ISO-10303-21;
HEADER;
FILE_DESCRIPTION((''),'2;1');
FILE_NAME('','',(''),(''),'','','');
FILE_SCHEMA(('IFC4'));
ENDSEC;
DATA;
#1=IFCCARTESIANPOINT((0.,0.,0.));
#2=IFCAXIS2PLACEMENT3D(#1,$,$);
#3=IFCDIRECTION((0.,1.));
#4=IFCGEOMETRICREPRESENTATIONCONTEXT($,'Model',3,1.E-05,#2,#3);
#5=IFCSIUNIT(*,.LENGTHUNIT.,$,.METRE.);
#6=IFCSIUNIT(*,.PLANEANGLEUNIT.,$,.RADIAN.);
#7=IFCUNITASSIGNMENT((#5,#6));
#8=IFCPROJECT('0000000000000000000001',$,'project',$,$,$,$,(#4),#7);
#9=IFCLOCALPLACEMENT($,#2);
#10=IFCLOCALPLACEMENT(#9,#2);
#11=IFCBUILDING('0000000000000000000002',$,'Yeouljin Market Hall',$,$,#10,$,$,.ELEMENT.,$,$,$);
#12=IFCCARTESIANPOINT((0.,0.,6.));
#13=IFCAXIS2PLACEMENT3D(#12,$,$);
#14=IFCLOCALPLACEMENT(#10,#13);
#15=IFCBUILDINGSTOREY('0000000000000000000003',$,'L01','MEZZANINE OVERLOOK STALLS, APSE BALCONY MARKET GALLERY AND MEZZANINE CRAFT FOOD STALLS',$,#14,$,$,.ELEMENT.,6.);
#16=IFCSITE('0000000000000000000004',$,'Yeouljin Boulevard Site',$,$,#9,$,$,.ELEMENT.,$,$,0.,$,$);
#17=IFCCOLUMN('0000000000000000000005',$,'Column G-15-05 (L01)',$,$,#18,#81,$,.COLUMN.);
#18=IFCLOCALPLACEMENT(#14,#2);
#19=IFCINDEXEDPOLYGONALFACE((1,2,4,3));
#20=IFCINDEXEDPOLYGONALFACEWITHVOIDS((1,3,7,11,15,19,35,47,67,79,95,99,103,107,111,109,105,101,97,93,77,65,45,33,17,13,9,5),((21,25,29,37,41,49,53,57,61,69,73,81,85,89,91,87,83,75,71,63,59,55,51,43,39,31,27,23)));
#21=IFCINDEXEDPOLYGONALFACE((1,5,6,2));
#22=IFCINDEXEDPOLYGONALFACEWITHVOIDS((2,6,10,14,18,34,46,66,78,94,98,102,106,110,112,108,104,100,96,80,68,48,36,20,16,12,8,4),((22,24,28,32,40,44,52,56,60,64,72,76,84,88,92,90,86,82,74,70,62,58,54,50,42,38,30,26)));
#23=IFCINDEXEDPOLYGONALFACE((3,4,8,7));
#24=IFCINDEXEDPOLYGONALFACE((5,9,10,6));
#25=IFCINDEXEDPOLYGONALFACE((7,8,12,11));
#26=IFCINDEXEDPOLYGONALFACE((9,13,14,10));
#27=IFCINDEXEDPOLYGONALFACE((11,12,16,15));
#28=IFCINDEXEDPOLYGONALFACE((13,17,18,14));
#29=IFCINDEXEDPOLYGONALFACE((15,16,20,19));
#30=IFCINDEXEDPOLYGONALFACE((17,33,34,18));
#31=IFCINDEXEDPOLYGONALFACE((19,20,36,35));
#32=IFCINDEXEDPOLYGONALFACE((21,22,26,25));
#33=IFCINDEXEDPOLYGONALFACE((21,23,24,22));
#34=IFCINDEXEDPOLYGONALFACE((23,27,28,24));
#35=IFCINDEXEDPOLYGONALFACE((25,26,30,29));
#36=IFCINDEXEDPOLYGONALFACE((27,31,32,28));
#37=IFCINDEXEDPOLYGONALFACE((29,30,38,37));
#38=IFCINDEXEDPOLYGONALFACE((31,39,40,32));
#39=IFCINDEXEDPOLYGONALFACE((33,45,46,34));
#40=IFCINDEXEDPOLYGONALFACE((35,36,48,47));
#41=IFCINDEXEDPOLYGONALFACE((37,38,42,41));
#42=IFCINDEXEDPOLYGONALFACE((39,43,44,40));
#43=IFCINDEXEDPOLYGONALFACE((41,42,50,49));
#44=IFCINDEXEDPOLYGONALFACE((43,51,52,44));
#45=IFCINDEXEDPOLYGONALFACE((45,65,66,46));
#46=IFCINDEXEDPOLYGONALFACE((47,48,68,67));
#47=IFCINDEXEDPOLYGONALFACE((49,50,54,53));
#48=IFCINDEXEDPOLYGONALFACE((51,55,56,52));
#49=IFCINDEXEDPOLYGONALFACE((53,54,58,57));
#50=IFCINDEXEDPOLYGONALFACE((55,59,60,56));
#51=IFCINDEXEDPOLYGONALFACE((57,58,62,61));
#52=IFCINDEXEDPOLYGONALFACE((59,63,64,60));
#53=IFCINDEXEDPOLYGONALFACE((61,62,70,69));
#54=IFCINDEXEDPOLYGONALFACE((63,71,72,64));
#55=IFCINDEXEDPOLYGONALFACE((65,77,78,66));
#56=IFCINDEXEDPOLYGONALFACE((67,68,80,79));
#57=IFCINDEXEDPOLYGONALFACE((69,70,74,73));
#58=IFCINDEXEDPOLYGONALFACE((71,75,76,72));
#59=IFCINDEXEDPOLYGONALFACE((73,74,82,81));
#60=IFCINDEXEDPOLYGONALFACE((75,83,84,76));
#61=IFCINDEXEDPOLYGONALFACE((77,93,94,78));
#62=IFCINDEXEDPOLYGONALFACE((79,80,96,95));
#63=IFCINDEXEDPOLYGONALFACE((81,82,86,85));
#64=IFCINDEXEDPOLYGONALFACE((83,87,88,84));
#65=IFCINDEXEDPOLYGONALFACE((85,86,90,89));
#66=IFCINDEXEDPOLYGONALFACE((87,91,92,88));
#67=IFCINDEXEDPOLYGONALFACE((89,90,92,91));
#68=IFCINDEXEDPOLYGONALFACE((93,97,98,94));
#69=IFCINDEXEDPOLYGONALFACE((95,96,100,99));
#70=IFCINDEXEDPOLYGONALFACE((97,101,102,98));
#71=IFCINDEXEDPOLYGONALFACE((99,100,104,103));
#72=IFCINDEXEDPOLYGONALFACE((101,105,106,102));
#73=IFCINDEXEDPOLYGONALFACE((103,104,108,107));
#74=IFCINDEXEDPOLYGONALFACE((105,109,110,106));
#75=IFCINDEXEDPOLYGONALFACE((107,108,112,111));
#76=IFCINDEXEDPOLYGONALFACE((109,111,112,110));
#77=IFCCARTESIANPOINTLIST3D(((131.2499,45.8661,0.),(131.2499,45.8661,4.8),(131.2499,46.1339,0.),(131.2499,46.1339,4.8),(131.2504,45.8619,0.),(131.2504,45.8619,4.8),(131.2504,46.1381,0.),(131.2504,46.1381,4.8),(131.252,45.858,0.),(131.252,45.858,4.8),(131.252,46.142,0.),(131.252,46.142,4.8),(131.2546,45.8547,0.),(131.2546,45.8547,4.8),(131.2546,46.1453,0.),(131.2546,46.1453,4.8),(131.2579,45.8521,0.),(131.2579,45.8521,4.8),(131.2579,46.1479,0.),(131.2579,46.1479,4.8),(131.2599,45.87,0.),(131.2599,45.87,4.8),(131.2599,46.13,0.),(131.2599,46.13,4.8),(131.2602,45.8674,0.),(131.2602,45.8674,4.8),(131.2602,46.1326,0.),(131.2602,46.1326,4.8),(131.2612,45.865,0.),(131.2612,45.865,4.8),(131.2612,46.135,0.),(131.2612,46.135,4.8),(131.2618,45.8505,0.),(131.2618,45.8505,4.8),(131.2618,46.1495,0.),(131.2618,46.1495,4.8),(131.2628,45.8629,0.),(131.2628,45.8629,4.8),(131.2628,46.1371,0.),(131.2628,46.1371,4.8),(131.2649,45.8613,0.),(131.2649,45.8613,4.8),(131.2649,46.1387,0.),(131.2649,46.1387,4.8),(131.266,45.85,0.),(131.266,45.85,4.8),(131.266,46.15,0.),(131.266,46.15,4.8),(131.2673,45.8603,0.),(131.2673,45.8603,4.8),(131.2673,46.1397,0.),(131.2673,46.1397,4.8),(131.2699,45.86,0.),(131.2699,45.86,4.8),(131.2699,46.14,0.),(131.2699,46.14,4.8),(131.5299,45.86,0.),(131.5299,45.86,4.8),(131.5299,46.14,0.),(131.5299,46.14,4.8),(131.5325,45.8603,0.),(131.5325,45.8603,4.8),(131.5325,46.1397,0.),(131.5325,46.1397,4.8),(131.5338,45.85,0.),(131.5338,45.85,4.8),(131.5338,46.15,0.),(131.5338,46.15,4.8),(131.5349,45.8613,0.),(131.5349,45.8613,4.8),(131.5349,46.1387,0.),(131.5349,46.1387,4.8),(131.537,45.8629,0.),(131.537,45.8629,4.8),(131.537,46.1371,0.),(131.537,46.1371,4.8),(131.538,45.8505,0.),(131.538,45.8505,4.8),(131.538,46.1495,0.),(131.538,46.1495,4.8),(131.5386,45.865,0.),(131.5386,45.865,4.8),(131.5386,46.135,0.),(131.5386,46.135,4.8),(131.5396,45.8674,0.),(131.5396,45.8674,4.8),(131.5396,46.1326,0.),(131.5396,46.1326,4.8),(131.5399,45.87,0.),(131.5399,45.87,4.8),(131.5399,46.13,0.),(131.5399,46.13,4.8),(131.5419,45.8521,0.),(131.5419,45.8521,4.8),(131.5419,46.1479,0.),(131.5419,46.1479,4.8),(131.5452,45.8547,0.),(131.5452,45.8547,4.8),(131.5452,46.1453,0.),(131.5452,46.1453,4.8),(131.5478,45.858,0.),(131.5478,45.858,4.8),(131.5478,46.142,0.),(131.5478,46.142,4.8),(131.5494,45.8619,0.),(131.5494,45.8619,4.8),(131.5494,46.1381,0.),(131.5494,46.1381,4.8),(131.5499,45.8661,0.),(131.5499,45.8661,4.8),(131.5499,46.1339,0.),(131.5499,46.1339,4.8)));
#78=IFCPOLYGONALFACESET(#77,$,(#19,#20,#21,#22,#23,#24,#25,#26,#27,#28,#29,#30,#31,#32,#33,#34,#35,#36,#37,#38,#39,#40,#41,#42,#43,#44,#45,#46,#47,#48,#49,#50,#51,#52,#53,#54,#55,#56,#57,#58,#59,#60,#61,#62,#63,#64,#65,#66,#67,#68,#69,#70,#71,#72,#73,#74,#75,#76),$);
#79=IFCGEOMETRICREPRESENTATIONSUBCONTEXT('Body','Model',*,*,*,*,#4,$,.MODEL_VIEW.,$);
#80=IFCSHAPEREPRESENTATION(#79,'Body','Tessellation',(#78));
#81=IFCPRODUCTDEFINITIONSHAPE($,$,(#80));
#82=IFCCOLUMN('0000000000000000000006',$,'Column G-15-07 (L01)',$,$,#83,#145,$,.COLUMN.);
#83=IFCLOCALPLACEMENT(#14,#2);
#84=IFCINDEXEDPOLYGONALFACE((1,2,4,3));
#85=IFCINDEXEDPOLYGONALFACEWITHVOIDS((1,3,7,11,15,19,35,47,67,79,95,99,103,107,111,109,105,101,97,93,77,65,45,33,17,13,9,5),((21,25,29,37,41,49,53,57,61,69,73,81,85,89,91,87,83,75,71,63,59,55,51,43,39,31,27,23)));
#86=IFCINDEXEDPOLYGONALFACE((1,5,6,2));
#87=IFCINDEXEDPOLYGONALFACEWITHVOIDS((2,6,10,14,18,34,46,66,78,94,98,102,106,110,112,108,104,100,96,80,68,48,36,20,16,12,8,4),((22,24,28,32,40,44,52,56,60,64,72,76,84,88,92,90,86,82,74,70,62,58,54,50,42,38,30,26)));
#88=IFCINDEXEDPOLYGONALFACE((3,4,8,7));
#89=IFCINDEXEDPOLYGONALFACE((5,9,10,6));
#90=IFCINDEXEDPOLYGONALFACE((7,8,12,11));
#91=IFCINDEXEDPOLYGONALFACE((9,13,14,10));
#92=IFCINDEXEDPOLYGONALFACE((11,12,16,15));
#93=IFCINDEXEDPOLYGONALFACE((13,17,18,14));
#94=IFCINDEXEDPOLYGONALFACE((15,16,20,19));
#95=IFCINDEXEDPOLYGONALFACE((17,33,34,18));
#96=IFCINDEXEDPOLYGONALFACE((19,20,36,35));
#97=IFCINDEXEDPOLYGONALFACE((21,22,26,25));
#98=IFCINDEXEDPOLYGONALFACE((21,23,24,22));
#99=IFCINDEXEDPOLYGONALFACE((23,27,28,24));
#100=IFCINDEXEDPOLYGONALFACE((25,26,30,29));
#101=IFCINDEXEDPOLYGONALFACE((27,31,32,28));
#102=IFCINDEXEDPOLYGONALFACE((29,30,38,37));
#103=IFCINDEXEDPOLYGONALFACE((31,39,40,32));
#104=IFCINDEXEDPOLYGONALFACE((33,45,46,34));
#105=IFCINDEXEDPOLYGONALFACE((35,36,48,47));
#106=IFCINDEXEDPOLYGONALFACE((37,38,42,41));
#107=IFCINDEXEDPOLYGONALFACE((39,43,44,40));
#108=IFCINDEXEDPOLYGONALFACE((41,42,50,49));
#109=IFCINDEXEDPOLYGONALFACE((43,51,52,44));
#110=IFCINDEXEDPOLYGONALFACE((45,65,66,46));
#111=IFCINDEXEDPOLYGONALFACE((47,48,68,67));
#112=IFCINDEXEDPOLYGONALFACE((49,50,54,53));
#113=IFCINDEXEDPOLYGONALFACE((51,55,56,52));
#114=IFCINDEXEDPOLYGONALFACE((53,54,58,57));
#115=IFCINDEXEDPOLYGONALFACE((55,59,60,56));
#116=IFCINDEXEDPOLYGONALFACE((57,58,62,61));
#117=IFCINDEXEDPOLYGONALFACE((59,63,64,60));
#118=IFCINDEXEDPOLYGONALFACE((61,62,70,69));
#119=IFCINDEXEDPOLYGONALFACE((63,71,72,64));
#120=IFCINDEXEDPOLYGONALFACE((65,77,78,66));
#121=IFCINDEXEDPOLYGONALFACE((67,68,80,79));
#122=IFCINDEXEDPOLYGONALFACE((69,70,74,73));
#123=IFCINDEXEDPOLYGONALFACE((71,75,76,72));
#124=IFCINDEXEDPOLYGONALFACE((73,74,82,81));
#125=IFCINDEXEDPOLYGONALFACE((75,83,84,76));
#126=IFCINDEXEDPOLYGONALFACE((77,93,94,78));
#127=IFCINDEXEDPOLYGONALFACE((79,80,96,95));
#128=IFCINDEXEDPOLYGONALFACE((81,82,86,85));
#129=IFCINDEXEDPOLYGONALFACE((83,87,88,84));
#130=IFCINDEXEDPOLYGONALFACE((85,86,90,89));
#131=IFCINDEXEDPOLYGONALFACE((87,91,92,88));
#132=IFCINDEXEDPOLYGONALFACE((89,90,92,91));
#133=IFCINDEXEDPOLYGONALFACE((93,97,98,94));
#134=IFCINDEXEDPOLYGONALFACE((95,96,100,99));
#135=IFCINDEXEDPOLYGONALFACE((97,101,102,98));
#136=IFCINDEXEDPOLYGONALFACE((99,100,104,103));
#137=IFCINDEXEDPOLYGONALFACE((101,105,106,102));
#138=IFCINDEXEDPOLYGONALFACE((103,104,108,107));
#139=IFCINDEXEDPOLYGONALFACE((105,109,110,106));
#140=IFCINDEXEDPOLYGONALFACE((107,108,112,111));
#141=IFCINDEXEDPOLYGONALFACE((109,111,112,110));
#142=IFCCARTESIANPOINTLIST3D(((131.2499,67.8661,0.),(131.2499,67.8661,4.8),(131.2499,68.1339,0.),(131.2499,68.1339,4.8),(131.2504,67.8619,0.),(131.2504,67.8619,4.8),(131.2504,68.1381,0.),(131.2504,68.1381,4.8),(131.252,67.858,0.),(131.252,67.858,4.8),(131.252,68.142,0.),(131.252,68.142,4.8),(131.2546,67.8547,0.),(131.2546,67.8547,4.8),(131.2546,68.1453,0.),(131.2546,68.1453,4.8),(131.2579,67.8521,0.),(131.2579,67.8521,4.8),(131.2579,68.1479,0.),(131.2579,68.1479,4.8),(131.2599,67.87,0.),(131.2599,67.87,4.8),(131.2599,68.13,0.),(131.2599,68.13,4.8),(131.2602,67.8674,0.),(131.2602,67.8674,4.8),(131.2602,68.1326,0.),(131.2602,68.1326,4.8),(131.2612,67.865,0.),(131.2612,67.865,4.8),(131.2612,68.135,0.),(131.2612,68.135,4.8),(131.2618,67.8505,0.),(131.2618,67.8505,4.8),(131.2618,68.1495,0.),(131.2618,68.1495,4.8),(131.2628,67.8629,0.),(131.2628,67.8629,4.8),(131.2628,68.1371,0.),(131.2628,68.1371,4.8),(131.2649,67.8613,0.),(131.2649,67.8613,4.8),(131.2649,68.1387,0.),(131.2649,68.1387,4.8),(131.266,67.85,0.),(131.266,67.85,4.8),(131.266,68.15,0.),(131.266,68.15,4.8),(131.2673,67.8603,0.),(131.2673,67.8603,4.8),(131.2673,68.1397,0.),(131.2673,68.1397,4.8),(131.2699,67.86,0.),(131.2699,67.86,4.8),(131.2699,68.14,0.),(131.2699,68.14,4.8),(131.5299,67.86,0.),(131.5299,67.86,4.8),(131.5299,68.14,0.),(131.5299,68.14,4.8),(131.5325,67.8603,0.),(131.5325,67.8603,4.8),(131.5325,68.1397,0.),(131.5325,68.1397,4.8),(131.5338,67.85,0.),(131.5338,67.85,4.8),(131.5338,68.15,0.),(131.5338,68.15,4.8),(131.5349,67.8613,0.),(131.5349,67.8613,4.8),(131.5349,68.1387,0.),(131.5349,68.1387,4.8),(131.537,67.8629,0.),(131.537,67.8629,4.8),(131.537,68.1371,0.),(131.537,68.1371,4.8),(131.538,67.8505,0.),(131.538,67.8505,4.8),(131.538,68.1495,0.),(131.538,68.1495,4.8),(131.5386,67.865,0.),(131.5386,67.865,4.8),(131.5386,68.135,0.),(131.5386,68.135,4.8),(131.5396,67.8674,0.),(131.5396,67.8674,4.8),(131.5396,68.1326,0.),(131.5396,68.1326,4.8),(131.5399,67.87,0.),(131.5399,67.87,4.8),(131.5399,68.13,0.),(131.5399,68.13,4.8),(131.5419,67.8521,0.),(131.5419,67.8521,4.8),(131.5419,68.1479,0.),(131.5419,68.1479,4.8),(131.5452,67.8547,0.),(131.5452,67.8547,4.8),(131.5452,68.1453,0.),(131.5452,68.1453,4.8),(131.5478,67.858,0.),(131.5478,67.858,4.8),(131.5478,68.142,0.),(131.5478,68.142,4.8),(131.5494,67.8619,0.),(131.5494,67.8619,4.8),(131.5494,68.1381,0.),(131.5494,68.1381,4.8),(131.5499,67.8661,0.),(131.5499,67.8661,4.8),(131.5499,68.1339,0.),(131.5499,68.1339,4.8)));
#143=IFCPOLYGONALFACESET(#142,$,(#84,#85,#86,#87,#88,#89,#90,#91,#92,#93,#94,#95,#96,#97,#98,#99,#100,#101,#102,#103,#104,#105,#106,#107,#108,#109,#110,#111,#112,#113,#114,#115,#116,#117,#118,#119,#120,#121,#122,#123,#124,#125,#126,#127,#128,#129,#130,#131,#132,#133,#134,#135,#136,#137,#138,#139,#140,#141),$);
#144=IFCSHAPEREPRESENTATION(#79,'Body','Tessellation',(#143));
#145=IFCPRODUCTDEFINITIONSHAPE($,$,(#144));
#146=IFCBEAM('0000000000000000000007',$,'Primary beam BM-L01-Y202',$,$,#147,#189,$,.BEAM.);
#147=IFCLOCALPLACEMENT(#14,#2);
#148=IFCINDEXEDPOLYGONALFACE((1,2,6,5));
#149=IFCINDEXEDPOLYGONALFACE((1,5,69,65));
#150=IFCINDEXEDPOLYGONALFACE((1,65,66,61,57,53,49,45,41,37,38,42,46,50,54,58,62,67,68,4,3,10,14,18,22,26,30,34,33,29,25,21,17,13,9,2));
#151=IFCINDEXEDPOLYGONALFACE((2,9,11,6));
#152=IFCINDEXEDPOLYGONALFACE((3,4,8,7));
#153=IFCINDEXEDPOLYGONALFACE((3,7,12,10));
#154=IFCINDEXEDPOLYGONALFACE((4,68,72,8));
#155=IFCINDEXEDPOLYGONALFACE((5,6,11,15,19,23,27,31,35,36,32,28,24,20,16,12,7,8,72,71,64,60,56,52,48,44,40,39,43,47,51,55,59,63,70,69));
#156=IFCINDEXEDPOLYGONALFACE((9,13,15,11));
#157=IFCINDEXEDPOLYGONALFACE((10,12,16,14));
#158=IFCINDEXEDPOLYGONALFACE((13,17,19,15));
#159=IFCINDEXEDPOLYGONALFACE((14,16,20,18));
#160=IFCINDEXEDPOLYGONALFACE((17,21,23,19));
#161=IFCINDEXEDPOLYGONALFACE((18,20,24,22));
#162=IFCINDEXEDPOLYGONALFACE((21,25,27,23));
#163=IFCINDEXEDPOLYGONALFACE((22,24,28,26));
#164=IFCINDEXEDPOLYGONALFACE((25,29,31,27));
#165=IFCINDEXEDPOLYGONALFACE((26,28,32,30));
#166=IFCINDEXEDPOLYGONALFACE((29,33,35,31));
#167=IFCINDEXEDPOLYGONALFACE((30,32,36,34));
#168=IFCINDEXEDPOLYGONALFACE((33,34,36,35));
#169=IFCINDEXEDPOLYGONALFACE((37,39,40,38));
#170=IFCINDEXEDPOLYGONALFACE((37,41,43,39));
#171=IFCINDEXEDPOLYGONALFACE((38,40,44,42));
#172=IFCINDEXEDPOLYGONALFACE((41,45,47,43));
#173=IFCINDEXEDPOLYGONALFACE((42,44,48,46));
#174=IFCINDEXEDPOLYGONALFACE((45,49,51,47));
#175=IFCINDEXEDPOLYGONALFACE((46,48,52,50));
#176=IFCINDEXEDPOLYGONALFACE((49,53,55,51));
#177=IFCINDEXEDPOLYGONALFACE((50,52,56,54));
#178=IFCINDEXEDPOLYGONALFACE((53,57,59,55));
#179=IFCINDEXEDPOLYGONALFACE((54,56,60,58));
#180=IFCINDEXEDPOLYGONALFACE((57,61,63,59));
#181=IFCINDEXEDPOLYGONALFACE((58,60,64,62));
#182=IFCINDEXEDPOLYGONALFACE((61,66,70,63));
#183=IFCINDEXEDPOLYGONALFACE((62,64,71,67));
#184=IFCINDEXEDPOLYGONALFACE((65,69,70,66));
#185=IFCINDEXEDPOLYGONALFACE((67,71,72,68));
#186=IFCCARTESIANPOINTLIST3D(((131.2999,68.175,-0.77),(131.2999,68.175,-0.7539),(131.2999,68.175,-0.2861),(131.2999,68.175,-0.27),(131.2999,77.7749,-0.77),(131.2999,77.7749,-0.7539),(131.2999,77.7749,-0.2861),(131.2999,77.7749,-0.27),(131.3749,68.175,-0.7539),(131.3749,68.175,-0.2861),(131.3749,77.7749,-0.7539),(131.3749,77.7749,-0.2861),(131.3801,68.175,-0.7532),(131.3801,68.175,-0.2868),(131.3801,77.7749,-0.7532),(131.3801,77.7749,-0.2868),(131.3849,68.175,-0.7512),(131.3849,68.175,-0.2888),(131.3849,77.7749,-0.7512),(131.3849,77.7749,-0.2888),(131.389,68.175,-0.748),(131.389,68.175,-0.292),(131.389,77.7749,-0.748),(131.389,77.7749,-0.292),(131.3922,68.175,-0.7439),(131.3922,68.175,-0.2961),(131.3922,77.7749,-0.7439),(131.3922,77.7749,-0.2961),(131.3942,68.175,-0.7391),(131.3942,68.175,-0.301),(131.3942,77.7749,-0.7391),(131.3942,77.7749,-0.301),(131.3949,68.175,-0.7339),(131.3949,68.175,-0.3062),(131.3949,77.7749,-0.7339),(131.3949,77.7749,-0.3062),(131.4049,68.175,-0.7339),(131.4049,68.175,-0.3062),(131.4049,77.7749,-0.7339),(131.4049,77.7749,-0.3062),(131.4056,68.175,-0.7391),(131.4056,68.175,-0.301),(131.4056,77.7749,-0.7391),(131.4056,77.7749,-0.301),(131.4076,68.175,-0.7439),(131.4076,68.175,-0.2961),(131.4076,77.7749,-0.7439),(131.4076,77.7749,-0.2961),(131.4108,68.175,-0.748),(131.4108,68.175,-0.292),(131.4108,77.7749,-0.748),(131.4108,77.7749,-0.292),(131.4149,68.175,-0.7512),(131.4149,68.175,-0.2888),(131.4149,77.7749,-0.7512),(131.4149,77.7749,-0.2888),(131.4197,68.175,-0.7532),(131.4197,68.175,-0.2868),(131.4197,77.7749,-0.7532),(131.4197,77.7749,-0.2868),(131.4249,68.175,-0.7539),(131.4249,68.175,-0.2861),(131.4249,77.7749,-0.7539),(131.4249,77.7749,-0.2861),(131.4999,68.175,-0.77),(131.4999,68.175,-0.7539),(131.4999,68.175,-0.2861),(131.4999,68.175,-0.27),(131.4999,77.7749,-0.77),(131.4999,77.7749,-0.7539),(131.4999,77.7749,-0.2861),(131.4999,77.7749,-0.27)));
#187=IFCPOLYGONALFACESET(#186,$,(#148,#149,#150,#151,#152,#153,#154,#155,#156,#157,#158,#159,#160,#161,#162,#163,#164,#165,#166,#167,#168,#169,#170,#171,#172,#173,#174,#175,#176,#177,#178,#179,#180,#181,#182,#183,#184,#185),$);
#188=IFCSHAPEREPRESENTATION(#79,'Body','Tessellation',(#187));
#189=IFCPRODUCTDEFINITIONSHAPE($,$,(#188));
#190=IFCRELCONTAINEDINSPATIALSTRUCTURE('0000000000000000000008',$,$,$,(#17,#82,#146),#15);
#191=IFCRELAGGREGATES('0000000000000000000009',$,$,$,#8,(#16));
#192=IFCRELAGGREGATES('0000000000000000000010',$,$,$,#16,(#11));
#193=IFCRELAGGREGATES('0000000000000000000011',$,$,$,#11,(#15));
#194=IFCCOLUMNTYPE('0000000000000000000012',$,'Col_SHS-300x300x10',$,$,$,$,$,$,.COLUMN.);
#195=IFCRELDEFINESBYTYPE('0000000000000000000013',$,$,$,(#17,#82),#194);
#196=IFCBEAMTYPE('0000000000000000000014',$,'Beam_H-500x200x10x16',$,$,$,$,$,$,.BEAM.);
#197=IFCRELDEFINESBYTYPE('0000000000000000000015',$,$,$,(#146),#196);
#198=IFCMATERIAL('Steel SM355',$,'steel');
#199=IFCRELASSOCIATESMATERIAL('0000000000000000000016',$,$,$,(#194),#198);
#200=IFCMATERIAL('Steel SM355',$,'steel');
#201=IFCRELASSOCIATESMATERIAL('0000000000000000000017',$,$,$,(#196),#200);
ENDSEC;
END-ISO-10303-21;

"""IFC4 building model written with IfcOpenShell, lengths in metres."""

from ifc_helpers import new_model, si_unit, direction, frame, origin, origin_2d, place, context, subcontext, project, spatial, hollow_rectangle, i_section, extrude, material, material_profile, profile_set, type_object, element, save


model = new_model("IFC4")

# Units and contexts
model_context = context("Model", 3, precision=1e-05, world=origin(), true_north=direction((0.0, 1.0)))
body_context = subcontext(model_context, "Body", "Model", "MODEL_VIEW")
ifc_project = project(units=[si_unit("LENGTHUNIT", "METRE"), si_unit("PLANEANGLEUNIT", "RADIAN")], contexts=[model_context])

# Site, building, storey
site_placement = place(None, origin())
site = spatial("IfcSite", under=ifc_project, at=site_placement, Name="Yeouljin Boulevard Site", CompositionType="ELEMENT", RefElevation=0.0)
building_placement = place(site_placement, origin())
building = spatial("IfcBuilding", under=site, at=building_placement, Name="Yeouljin Market Hall", CompositionType="ELEMENT")
storey_placement = place(building_placement, frame((0.0, 0.0, 6.0)))
storey = spatial("IfcBuildingStorey", under=building, at=storey_placement, Name="L01", Description="MEZZANINE OVERLOOK STALLS, APSE BALCONY MARKET GALLERY AND MEZZANINE CRAFT FOOD STALLS", CompositionType="ELEMENT", Elevation=6.0)

# Columns
ifc_material_1 = material(Name="Steel SM355", Category="steel")
ifc_material_profile_1 = material_profile(ifc_material_1, hollow_rectangle(XDim=0.3, YDim=0.3, WallThickness=0.01, InnerFilletRadius=0.01, OuterFilletRadius=0.0161, at=origin_2d()), Name="SHS-300x300x10")
ifc_profile_set_1 = profile_set([ifc_material_profile_1], Name="Steel SM355")
column_type = type_object("IfcColumnType", Name="Col_SHS-300x300x10", PredefinedType="COLUMN", material=ifc_profile_set_1)
for number, where, z_axis, x_axis, name in (
    (1, (131.3999, 46.0, 0.0), (0.0, 0.0, 1.0), (1.0, 0.0, 0.0), "Column G-15-05 (L01)"),
    (2, (131.3999, 68.0, 0.0), (0.0, 0.0, 1.0), (1.0, 0.0, 0.0), "Column G-15-07 (L01)"),
):
    element("IfcColumn", number, at=place(storey_placement, frame(where, z_axis=z_axis, x_axis=x_axis)), inside=storey, type_object=column_type, Name=name, PredefinedType="COLUMN", context=body_context, shape_type="SweptSolid", body=[
        extrude(hollow_rectangle(XDim=0.3, YDim=0.3, WallThickness=0.01, InnerFilletRadius=0.01, OuterFilletRadius=0.0161, at=origin_2d()), origin(), (0.0, 0.0, 1.0), 4.8),
    ])

# Beam
ifc_material_2 = material(Name="Steel SM355", Category="steel")
ifc_material_profile_2 = material_profile(ifc_material_2, i_section(OverallWidth=0.2, OverallDepth=0.5, WebThickness=0.01, FlangeThickness=0.0161, FilletRadius=0.02, at=origin_2d()), Name="H-500x200x10x16")
ifc_profile_set_2 = profile_set([ifc_material_profile_2], Name="Steel SM355")
beam_type_1 = type_object("IfcBeamType", Name="Beam_H-500x200x10x16", PredefinedType="BEAM", material=ifc_profile_set_2)
beam_1_placement = place(storey_placement, frame((131.3999, 68.175, -0.52), z_axis=(0.0, 1.0, 0.0), x_axis=(-1.0, 0.0, 0.0)))
element("IfcBeam", 3, at=beam_1_placement, inside=storey, type_object=beam_type_1, Name="Primary beam BM-L01-Y202", PredefinedType="BEAM", context=body_context, shape_type="SweptSolid", body=[
    extrude(i_section(OverallWidth=0.2, OverallDepth=0.5, WebThickness=0.01, FlangeThickness=0.0161, FilletRadius=0.02, at=origin_2d()), origin(), (0.0, 0.0, 1.0), 9.5999),
])

save(model, "model.ifc")
